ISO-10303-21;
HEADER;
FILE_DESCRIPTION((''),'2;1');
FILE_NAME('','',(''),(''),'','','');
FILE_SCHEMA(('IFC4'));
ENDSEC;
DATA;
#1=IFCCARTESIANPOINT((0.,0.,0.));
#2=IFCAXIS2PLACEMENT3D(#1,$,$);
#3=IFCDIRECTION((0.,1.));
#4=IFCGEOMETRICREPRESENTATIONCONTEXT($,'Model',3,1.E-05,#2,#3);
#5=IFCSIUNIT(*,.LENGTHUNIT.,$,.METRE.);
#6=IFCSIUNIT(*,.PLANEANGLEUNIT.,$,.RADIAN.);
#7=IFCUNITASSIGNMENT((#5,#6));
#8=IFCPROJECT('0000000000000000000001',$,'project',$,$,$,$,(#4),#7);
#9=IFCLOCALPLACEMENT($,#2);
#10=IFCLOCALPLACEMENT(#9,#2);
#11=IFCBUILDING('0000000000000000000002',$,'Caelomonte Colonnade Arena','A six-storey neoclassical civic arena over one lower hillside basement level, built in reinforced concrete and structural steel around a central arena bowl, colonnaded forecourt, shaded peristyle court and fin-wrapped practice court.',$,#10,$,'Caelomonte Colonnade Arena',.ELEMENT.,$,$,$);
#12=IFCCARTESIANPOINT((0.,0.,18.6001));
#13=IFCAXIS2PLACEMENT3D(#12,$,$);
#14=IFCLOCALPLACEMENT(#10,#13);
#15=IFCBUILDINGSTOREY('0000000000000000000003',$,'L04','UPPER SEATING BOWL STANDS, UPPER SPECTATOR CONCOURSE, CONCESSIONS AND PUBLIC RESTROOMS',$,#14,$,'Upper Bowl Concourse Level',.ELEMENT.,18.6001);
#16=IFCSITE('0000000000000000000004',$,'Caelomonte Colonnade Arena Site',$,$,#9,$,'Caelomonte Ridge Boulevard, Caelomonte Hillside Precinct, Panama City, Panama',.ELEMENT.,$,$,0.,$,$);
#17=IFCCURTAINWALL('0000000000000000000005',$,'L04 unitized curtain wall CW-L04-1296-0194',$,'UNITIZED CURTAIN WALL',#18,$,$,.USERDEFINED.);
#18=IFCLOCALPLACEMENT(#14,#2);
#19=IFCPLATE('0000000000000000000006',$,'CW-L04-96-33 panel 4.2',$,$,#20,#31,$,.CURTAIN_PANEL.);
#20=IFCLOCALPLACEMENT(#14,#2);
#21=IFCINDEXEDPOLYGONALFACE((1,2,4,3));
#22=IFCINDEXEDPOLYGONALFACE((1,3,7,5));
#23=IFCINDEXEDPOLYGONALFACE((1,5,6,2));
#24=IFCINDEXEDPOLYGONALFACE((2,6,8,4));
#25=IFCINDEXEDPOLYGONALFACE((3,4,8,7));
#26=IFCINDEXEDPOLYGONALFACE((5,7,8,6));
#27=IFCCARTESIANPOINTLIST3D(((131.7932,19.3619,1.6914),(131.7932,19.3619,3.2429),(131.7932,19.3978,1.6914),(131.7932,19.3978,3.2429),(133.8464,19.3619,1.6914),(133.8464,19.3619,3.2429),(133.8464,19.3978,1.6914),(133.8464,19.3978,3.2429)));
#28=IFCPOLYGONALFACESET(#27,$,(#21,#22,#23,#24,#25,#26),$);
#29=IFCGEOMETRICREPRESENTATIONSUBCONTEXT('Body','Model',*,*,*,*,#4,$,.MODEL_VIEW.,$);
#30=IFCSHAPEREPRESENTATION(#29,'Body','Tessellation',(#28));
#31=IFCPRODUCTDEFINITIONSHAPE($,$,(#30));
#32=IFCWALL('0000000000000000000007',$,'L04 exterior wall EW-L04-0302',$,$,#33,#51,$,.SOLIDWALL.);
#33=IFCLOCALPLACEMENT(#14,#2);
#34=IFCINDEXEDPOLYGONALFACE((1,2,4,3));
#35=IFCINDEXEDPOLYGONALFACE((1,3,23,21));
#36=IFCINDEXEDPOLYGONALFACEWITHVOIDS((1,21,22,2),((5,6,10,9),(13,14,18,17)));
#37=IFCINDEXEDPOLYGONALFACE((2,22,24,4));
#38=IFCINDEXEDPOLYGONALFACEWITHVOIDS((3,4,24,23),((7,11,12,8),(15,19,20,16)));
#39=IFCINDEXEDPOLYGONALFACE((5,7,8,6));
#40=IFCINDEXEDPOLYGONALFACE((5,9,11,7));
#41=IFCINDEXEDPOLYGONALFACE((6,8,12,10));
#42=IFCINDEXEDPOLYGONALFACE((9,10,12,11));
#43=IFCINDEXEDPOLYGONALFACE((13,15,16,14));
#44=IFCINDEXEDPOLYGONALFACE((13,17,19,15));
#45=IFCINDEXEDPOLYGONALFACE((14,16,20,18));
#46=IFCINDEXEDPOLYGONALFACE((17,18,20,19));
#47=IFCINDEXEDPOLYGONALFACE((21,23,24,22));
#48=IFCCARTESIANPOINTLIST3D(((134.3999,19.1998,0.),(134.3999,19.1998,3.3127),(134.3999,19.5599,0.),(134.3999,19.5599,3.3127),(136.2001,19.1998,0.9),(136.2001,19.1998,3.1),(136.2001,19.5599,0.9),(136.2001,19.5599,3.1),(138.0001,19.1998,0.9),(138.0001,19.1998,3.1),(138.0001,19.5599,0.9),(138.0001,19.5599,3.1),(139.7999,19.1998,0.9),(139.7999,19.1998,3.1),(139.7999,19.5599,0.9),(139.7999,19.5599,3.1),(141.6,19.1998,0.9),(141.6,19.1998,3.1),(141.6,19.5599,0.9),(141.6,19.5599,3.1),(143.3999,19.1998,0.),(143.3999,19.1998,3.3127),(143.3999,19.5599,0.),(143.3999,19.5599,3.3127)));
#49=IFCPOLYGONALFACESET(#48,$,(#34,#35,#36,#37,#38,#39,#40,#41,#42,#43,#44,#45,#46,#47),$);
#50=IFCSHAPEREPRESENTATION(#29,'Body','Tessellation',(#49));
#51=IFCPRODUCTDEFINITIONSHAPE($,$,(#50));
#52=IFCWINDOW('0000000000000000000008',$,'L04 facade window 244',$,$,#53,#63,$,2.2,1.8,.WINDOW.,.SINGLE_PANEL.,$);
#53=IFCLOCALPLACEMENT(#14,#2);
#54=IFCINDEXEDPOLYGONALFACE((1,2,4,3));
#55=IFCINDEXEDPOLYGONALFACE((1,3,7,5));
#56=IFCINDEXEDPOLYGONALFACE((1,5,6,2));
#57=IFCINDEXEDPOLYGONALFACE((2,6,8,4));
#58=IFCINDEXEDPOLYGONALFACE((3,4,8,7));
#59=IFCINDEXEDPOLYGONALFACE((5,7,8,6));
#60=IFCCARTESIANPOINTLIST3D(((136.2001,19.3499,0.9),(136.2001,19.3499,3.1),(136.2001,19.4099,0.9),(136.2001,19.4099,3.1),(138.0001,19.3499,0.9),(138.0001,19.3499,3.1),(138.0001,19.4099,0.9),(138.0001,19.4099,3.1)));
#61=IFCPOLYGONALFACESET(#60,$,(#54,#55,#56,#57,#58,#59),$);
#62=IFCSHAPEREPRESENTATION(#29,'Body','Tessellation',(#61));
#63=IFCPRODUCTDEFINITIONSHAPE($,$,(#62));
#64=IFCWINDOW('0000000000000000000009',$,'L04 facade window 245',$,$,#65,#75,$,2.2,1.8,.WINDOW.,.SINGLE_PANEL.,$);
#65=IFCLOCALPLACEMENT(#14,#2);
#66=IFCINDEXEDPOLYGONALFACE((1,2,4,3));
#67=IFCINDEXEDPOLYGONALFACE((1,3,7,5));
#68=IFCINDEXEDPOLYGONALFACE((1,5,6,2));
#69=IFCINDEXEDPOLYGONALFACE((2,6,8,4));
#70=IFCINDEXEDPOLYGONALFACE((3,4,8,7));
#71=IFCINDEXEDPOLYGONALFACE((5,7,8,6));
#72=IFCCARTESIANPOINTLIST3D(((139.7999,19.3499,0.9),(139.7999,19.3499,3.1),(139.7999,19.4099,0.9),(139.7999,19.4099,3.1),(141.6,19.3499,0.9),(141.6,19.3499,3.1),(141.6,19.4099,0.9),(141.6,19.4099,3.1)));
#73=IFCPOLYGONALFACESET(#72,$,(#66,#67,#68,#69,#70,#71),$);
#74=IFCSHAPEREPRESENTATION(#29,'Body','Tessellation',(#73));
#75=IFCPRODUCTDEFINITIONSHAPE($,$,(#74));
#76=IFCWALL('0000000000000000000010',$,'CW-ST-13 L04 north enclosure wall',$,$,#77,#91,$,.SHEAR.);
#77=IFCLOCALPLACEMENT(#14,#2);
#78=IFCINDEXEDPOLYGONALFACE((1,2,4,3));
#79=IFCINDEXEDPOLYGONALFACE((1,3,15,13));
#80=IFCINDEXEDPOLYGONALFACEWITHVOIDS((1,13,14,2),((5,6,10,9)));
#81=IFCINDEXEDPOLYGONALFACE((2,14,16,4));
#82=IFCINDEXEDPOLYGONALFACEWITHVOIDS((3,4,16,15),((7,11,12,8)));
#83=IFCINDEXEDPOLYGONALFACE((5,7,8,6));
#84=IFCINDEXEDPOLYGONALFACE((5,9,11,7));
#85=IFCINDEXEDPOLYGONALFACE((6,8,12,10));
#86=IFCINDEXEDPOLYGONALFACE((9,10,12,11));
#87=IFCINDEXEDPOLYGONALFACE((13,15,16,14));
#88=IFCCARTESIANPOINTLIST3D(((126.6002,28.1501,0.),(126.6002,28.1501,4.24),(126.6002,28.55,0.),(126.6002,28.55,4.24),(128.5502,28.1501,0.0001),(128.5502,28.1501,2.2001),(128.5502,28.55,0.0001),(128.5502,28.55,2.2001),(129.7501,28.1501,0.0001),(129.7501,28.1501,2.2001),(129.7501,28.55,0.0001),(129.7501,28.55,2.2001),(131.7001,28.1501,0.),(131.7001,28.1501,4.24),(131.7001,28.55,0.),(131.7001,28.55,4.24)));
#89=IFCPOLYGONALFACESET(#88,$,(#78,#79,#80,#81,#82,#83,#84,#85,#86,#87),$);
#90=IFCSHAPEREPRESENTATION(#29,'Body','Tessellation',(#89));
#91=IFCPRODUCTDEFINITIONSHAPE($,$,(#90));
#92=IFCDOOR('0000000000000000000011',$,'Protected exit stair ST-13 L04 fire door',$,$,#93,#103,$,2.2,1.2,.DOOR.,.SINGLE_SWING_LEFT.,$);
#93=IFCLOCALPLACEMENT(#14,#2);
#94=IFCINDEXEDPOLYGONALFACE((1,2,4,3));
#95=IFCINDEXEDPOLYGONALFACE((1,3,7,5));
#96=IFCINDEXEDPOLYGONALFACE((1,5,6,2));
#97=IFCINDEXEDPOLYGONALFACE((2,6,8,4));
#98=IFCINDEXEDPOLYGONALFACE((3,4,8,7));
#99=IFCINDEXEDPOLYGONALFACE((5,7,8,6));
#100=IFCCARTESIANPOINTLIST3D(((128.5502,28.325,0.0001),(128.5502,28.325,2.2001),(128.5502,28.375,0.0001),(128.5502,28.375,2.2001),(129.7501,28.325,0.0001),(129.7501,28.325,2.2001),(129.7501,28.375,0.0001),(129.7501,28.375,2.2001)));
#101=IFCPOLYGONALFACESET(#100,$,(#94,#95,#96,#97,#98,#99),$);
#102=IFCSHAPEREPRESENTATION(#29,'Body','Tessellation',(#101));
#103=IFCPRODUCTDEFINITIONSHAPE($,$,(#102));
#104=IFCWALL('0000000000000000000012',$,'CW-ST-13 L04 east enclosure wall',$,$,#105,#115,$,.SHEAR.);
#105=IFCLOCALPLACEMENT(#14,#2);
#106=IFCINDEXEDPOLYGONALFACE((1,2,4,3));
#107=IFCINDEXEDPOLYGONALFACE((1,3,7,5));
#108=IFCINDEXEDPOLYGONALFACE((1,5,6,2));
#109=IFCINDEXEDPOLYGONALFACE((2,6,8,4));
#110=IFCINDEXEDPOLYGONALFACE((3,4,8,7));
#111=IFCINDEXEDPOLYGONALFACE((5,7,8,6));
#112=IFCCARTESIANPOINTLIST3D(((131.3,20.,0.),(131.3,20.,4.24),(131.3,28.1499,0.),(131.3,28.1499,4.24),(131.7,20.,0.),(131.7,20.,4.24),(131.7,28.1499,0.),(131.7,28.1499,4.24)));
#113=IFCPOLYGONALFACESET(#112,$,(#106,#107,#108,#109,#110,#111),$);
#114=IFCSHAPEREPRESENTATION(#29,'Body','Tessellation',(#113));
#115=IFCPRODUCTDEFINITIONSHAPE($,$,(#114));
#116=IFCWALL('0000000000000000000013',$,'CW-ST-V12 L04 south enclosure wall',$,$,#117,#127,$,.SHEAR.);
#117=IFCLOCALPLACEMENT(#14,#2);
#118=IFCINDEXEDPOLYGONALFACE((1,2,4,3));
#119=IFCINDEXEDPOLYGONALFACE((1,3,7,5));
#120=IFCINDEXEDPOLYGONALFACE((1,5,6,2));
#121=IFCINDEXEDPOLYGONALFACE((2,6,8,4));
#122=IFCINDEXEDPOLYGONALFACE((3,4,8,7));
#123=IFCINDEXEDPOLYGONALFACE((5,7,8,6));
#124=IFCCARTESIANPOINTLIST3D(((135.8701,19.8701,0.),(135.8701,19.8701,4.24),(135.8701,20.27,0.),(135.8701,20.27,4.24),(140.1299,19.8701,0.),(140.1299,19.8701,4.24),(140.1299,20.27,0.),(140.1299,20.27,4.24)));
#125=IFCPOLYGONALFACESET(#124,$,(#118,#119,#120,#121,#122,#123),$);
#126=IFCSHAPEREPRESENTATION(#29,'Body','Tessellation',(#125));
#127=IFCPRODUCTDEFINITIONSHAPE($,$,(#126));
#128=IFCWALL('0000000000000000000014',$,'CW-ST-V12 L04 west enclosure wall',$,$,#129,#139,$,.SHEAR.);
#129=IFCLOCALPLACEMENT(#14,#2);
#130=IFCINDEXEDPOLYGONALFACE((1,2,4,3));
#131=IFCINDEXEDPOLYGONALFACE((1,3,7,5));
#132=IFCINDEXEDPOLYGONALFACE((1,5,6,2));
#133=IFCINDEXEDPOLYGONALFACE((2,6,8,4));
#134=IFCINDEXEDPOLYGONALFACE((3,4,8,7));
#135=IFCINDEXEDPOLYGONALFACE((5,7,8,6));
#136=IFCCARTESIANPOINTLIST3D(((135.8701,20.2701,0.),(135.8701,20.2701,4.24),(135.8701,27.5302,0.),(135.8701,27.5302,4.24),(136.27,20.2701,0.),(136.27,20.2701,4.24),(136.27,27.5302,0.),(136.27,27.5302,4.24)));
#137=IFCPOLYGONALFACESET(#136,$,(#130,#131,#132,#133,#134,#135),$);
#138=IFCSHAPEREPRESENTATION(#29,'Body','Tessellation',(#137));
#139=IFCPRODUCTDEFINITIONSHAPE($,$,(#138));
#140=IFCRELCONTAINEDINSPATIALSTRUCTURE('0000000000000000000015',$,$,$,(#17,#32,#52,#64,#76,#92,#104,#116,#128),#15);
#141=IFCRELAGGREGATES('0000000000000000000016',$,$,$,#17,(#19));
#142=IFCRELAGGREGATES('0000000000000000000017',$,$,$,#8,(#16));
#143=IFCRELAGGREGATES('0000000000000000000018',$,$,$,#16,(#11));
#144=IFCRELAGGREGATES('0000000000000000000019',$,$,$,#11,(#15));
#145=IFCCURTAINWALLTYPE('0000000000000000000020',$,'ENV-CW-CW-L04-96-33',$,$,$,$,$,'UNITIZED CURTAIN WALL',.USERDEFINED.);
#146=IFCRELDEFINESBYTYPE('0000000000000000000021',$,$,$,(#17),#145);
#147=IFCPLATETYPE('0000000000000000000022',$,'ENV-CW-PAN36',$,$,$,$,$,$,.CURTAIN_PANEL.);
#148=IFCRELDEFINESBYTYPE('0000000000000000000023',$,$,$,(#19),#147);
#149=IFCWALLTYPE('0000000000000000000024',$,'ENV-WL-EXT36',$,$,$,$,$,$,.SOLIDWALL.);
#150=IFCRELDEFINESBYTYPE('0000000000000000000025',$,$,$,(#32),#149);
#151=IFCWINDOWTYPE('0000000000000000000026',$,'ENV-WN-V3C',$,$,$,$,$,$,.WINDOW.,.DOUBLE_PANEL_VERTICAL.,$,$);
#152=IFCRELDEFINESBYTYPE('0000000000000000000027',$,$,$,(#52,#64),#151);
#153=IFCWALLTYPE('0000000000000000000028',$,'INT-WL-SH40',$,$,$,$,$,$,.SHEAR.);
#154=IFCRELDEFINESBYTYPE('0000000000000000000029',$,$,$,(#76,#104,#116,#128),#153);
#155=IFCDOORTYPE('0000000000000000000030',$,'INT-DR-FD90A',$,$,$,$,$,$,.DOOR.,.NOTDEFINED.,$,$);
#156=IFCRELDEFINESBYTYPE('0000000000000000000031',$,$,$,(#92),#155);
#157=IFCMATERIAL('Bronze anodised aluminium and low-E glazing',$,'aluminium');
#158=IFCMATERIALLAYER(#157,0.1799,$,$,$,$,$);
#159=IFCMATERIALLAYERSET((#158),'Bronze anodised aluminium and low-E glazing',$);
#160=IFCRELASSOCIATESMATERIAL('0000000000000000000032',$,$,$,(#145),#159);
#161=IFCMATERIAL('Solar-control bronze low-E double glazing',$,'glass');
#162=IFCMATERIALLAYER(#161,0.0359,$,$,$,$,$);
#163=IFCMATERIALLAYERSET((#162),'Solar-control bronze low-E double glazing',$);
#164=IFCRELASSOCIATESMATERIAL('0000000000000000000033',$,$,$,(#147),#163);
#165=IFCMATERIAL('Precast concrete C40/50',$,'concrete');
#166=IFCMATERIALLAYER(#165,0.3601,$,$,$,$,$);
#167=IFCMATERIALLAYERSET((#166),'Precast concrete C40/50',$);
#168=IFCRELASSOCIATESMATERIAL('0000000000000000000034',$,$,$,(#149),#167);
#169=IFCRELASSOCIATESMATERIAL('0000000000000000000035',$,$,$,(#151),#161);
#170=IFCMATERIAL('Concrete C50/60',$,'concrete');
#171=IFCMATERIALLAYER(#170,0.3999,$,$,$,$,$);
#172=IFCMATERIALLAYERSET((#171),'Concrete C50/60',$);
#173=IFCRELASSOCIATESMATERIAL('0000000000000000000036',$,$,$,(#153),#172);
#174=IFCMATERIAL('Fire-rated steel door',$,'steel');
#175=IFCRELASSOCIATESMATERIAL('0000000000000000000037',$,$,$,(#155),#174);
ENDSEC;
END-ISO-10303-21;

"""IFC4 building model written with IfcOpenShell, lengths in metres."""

from ifc_helpers import new_model, si_unit, direction, frame, frame_2d, origin, origin_2d, place, context, subcontext, project, spatial, rectangle, extrude, material, layer, layer_set, type_object, element, fill, aggregate, save


model = new_model("IFC4")

# Units and contexts
model_context = context("Model", 3, precision=1e-05, world=origin(), true_north=direction((0.0, 1.0)))
body_context = subcontext(model_context, "Body", "Model", "MODEL_VIEW")
ifc_project = project(units=[si_unit("LENGTHUNIT", "METRE"), si_unit("PLANEANGLEUNIT", "RADIAN")], contexts=[model_context])

# Site, building, storey
site_placement = place(None, origin())
site = spatial("IfcSite", under=ifc_project, at=site_placement, Name="Caelomonte Colonnade Arena Site", LongName="Caelomonte Ridge Boulevard, Caelomonte Hillside Precinct, Panama City, Panama", CompositionType="ELEMENT", RefElevation=0.0)
building_placement = place(site_placement, origin())
building = spatial("IfcBuilding", under=site, at=building_placement, Name="Caelomonte Colonnade Arena", Description="A six-storey neoclassical civic arena over one lower hillside basement level, built in reinforced concrete and structural steel around a central arena bowl, colonnaded forecourt, shaded peristyle court and fin-wrapped practice court.", LongName="Caelomonte Colonnade Arena", CompositionType="ELEMENT")
storey_placement = place(building_placement, frame((0.0, 0.0, 18.6001)))
storey = spatial("IfcBuildingStorey", under=building, at=storey_placement, Name="L04", Description="UPPER SEATING BOWL STANDS, UPPER SPECTATOR CONCOURSE, CONCESSIONS AND PUBLIC RESTROOMS", LongName="Upper Bowl Concourse Level", CompositionType="ELEMENT", Elevation=18.6001)

# Curtain wall
ifc_material_1 = material(Name="Bronze anodised aluminium and low-E glazing", Category="aluminium")
ifc_layer_1 = layer(ifc_material_1, 0.1799)
ifc_layer_set_1 = layer_set([ifc_layer_1], Name="Bronze anodised aluminium and low-E glazing")
curtain_wall_type = type_object("IfcCurtainWallType", Name="ENV-CW-CW-L04-96-33", ElementType="UNITIZED CURTAIN WALL", PredefinedType="USERDEFINED", material=ifc_layer_set_1)
curtain_wall_placement = place(storey_placement, origin())
curtain_wall = element("IfcCurtainWall", 1, at=curtain_wall_placement, inside=storey, type_object=curtain_wall_type, Name="L04 unitized curtain wall CW-L04-1296-0194", ObjectType="UNITIZED CURTAIN WALL", PredefinedType="USERDEFINED")

# Plate
ifc_material_2 = material(Name="Solar-control bronze low-E double glazing", Category="glass")
ifc_layer_2 = layer(ifc_material_2, 0.0359)
ifc_layer_set_2 = layer_set([ifc_layer_2], Name="Solar-control bronze low-E double glazing")
plate_type = type_object("IfcPlateType", Name="ENV-CW-PAN36", PredefinedType="CURTAIN_PANEL", material=ifc_layer_set_2)
plate_1_placement = place(storey_placement, frame((132.8198, 19.3799, 1.6914), z_axis=(0.0, 0.0, 1.0), x_axis=(1.0, 0.0, 0.0)))
plate_1 = element("IfcPlate", 2, at=plate_1_placement, type_object=plate_type, Name="CW-L04-96-33 panel 4.2", PredefinedType="CURTAIN_PANEL", context=body_context, shape_type="SweptSolid", body=[
    extrude(rectangle(XDim=2.0532, YDim=0.0359, at=origin_2d()), origin(), (0.0, 0.0, 1.0), 1.5515),
])
aggregate(curtain_wall, [plate_1])

# Wall, openings, windows
ifc_material_3 = material(Name="Precast concrete C40/50", Category="concrete")
ifc_layer_3 = layer(ifc_material_3, 0.3601)
ifc_layer_set_3 = layer_set([ifc_layer_3], Name="Precast concrete C40/50")
wall_type_1 = type_object("IfcWallType", Name="ENV-WL-EXT36", PredefinedType="SOLIDWALL", material=ifc_layer_set_3)
wall_1_placement = place(storey_placement, frame((134.3999, 19.3799, 0.0), z_axis=(0.0, 0.0, 1.0), x_axis=(1.0, 0.0, 0.0)))
wall_1 = element("IfcWall", 3, at=wall_1_placement, inside=storey, type_object=wall_type_1, Name="L04 exterior wall EW-L04-0302", PredefinedType="SOLIDWALL", context=body_context, shape_type="SweptSolid", body=[
    extrude(rectangle(XDim=9.0, YDim=0.3601, at=frame_2d((4.5, 0.0))), origin(), (0.0, 0.0, 1.0), 3.3127),
])
opening_1_placement = place(wall_1_placement, frame((3.6001, 0.0, 0.8999), z_axis=(0.0, 0.0, 1.0), x_axis=(-1.0, 0.0, 0.0)))
opening_1 = element("IfcOpeningElement", 4, at=opening_1_placement, cuts=wall_1, PredefinedType="OPENING", context=body_context, shape_type="SweptSolid", body=[
    extrude(rectangle(XDim=1.8, YDim=2.2, at=frame_2d((0.8999, 1.1001))), frame((0.0, 0.1899, 0.0), z_axis=(0.0, -1.0, 0.0), x_axis=(1.0, 0.0, 0.0)), (0.0, 0.0, 1.0), 0.3801),
])
opening_2_placement = place(wall_1_placement, frame((7.2, 0.0, 0.8999), z_axis=(0.0, 0.0, 1.0), x_axis=(-1.0, 0.0, 0.0)))
opening_2 = element("IfcOpeningElement", 5, at=opening_2_placement, cuts=wall_1, PredefinedType="OPENING", context=body_context, shape_type="SweptSolid", body=[
    extrude(rectangle(XDim=1.8, YDim=2.2, at=frame_2d((0.8999, 1.1001))), frame((0.0, 0.1899, 0.0), z_axis=(0.0, -1.0, 0.0), x_axis=(1.0, 0.0, 0.0)), (0.0, 0.0, 1.0), 0.3801),
])
window_type = type_object("IfcWindowType", Name="ENV-WN-V3C", PartitioningType="DOUBLE_PANEL_VERTICAL", PredefinedType="WINDOW", material=ifc_material_2)
window_1_placement = place(opening_1_placement, origin())
window_1 = element("IfcWindow", 6, at=window_1_placement, inside=storey, type_object=window_type, Name="L04 facade window 244", OverallHeight=2.2, OverallWidth=1.8, PartitioningType="SINGLE_PANEL", PredefinedType="WINDOW", context=body_context, shape_type="SweptSolid", body=[
    extrude(rectangle(XDim=1.8, YDim=2.2, at=frame_2d((0.8999, 1.1001))), frame((0.0, 0.03, 0.0), z_axis=(0.0, -1.0, 0.0), x_axis=(1.0, 0.0, 0.0)), (0.0, 0.0, 1.0), 0.0601),
])
fill(opening_1, window_1)
window_2_placement = place(opening_2_placement, origin())
window_2 = element("IfcWindow", 7, at=window_2_placement, inside=storey, type_object=window_type, Name="L04 facade window 245", OverallHeight=2.2, OverallWidth=1.8, PartitioningType="SINGLE_PANEL", PredefinedType="WINDOW", context=body_context, shape_type="SweptSolid", body=[
    extrude(rectangle(XDim=1.8, YDim=2.2, at=frame_2d((0.8999, 1.1001))), frame((0.0, 0.03, 0.0), z_axis=(0.0, -1.0, 0.0), x_axis=(1.0, 0.0, 0.0)), (0.0, 0.0, 1.0), 0.0601),
])
fill(opening_2, window_2)

# Wall, opening, door
ifc_material_4 = material(Name="Concrete C50/60", Category="concrete")
ifc_layer_4 = layer(ifc_material_4, 0.3999)
ifc_layer_set_4 = layer_set([ifc_layer_4], Name="Concrete C50/60")
wall_type_2 = type_object("IfcWallType", Name="INT-WL-SH40", PredefinedType="SHEAR", material=ifc_layer_set_4)
wall_2_placement = place(storey_placement, frame((131.7, 28.3501, 0.0), z_axis=(0.0, 0.0, 1.0), x_axis=(-1.0, 0.0, 0.0)))
wall_2 = element("IfcWall", 8, at=wall_2_placement, inside=storey, type_object=wall_type_2, Name="CW-ST-13 L04 north enclosure wall", PredefinedType="SHEAR", context=body_context, shape_type="SweptSolid", body=[
    extrude(rectangle(XDim=5.0999, YDim=0.3999, at=frame_2d((2.5498, 0.0))), origin(), (0.0, 0.0, 1.0), 4.24),
])
opening_3_placement = place(wall_2_placement, frame((3.1499, 0.0, 0.0), z_axis=(0.0, 0.0, 1.0), x_axis=(-1.0, 0.0, 0.0)))
opening_3 = element("IfcOpeningElement", 9, at=opening_3_placement, cuts=wall_2, PredefinedType="OPENING", context=body_context, shape_type="SweptSolid", body=[
    extrude(rectangle(XDim=1.2, YDim=2.2, at=frame_2d((0.6001, 1.1001))), frame((0.0, 0.21, 0.0), z_axis=(0.0, -1.0, 0.0), x_axis=(1.0, 0.0, 0.0)), (0.0, 0.0, 1.0), 0.4199),
])
ifc_material_5 = material(Name="Fire-rated steel door", Category="steel")
door_type = type_object("IfcDoorType", Name="INT-DR-FD90A", OperationType="NOTDEFINED", PredefinedType="DOOR", material=ifc_material_5)
door_placement = place(opening_3_placement, origin())
door = element("IfcDoor", 10, at=door_placement, inside=storey, type_object=door_type, Name="Protected exit stair ST-13 L04 fire door", OperationType="SINGLE_SWING_LEFT", OverallHeight=2.2, OverallWidth=1.2, PredefinedType="DOOR", context=body_context, shape_type="SweptSolid", body=[
    extrude(rectangle(XDim=1.2, YDim=2.2, at=frame_2d((0.6001, 1.1001))), frame((0.0, 0.0249, 0.0), z_axis=(0.0, -1.0, 0.0), x_axis=(1.0, 0.0, 0.0)), (0.0, 0.0, 1.0), 0.05),
])
fill(opening_3, door)

# Walls
wall_3_placement = place(storey_placement, frame((131.5, 20.0, 0.0), z_axis=(0.0, 0.0, 1.0), x_axis=(0.0, 1.0, 0.0)))
element("IfcWall", 11, at=wall_3_placement, inside=storey, type_object=wall_type_2, Name="CW-ST-13 L04 east enclosure wall", PredefinedType="SHEAR", context=body_context, shape_type="SweptSolid", body=[
    extrude(rectangle(XDim=8.1499, YDim=0.3999, at=frame_2d((4.075, 0.0))), origin(), (0.0, 0.0, 1.0), 4.24),
])
wall_4_placement = place(storey_placement, frame((135.8701, 20.0701, 0.0), z_axis=(0.0, 0.0, 1.0), x_axis=(1.0, 0.0, 0.0)))
element("IfcWall", 12, at=wall_4_placement, inside=storey, type_object=wall_type_2, Name="CW-ST-V12 L04 south enclosure wall", PredefinedType="SHEAR", context=body_context, shape_type="SweptSolid", body=[
    extrude(rectangle(XDim=4.2598, YDim=0.3999, at=frame_2d((2.1299, 0.0))), origin(), (0.0, 0.0, 1.0), 4.24),
])
wall_5_placement = place(storey_placement, frame((136.0701, 27.53, 0.0), z_axis=(0.0, 0.0, 1.0), x_axis=(0.0, -1.0, 0.0)))
element("IfcWall", 13, at=wall_5_placement, inside=storey, type_object=wall_type_2, Name="CW-ST-V12 L04 west enclosure wall", PredefinedType="SHEAR", context=body_context, shape_type="SweptSolid", body=[
    extrude(rectangle(XDim=7.26, YDim=0.3999, at=frame_2d((3.6299, 0.0))), origin(), (0.0, 0.0, 1.0), 4.24),
])

save(model, "model.ifc")
